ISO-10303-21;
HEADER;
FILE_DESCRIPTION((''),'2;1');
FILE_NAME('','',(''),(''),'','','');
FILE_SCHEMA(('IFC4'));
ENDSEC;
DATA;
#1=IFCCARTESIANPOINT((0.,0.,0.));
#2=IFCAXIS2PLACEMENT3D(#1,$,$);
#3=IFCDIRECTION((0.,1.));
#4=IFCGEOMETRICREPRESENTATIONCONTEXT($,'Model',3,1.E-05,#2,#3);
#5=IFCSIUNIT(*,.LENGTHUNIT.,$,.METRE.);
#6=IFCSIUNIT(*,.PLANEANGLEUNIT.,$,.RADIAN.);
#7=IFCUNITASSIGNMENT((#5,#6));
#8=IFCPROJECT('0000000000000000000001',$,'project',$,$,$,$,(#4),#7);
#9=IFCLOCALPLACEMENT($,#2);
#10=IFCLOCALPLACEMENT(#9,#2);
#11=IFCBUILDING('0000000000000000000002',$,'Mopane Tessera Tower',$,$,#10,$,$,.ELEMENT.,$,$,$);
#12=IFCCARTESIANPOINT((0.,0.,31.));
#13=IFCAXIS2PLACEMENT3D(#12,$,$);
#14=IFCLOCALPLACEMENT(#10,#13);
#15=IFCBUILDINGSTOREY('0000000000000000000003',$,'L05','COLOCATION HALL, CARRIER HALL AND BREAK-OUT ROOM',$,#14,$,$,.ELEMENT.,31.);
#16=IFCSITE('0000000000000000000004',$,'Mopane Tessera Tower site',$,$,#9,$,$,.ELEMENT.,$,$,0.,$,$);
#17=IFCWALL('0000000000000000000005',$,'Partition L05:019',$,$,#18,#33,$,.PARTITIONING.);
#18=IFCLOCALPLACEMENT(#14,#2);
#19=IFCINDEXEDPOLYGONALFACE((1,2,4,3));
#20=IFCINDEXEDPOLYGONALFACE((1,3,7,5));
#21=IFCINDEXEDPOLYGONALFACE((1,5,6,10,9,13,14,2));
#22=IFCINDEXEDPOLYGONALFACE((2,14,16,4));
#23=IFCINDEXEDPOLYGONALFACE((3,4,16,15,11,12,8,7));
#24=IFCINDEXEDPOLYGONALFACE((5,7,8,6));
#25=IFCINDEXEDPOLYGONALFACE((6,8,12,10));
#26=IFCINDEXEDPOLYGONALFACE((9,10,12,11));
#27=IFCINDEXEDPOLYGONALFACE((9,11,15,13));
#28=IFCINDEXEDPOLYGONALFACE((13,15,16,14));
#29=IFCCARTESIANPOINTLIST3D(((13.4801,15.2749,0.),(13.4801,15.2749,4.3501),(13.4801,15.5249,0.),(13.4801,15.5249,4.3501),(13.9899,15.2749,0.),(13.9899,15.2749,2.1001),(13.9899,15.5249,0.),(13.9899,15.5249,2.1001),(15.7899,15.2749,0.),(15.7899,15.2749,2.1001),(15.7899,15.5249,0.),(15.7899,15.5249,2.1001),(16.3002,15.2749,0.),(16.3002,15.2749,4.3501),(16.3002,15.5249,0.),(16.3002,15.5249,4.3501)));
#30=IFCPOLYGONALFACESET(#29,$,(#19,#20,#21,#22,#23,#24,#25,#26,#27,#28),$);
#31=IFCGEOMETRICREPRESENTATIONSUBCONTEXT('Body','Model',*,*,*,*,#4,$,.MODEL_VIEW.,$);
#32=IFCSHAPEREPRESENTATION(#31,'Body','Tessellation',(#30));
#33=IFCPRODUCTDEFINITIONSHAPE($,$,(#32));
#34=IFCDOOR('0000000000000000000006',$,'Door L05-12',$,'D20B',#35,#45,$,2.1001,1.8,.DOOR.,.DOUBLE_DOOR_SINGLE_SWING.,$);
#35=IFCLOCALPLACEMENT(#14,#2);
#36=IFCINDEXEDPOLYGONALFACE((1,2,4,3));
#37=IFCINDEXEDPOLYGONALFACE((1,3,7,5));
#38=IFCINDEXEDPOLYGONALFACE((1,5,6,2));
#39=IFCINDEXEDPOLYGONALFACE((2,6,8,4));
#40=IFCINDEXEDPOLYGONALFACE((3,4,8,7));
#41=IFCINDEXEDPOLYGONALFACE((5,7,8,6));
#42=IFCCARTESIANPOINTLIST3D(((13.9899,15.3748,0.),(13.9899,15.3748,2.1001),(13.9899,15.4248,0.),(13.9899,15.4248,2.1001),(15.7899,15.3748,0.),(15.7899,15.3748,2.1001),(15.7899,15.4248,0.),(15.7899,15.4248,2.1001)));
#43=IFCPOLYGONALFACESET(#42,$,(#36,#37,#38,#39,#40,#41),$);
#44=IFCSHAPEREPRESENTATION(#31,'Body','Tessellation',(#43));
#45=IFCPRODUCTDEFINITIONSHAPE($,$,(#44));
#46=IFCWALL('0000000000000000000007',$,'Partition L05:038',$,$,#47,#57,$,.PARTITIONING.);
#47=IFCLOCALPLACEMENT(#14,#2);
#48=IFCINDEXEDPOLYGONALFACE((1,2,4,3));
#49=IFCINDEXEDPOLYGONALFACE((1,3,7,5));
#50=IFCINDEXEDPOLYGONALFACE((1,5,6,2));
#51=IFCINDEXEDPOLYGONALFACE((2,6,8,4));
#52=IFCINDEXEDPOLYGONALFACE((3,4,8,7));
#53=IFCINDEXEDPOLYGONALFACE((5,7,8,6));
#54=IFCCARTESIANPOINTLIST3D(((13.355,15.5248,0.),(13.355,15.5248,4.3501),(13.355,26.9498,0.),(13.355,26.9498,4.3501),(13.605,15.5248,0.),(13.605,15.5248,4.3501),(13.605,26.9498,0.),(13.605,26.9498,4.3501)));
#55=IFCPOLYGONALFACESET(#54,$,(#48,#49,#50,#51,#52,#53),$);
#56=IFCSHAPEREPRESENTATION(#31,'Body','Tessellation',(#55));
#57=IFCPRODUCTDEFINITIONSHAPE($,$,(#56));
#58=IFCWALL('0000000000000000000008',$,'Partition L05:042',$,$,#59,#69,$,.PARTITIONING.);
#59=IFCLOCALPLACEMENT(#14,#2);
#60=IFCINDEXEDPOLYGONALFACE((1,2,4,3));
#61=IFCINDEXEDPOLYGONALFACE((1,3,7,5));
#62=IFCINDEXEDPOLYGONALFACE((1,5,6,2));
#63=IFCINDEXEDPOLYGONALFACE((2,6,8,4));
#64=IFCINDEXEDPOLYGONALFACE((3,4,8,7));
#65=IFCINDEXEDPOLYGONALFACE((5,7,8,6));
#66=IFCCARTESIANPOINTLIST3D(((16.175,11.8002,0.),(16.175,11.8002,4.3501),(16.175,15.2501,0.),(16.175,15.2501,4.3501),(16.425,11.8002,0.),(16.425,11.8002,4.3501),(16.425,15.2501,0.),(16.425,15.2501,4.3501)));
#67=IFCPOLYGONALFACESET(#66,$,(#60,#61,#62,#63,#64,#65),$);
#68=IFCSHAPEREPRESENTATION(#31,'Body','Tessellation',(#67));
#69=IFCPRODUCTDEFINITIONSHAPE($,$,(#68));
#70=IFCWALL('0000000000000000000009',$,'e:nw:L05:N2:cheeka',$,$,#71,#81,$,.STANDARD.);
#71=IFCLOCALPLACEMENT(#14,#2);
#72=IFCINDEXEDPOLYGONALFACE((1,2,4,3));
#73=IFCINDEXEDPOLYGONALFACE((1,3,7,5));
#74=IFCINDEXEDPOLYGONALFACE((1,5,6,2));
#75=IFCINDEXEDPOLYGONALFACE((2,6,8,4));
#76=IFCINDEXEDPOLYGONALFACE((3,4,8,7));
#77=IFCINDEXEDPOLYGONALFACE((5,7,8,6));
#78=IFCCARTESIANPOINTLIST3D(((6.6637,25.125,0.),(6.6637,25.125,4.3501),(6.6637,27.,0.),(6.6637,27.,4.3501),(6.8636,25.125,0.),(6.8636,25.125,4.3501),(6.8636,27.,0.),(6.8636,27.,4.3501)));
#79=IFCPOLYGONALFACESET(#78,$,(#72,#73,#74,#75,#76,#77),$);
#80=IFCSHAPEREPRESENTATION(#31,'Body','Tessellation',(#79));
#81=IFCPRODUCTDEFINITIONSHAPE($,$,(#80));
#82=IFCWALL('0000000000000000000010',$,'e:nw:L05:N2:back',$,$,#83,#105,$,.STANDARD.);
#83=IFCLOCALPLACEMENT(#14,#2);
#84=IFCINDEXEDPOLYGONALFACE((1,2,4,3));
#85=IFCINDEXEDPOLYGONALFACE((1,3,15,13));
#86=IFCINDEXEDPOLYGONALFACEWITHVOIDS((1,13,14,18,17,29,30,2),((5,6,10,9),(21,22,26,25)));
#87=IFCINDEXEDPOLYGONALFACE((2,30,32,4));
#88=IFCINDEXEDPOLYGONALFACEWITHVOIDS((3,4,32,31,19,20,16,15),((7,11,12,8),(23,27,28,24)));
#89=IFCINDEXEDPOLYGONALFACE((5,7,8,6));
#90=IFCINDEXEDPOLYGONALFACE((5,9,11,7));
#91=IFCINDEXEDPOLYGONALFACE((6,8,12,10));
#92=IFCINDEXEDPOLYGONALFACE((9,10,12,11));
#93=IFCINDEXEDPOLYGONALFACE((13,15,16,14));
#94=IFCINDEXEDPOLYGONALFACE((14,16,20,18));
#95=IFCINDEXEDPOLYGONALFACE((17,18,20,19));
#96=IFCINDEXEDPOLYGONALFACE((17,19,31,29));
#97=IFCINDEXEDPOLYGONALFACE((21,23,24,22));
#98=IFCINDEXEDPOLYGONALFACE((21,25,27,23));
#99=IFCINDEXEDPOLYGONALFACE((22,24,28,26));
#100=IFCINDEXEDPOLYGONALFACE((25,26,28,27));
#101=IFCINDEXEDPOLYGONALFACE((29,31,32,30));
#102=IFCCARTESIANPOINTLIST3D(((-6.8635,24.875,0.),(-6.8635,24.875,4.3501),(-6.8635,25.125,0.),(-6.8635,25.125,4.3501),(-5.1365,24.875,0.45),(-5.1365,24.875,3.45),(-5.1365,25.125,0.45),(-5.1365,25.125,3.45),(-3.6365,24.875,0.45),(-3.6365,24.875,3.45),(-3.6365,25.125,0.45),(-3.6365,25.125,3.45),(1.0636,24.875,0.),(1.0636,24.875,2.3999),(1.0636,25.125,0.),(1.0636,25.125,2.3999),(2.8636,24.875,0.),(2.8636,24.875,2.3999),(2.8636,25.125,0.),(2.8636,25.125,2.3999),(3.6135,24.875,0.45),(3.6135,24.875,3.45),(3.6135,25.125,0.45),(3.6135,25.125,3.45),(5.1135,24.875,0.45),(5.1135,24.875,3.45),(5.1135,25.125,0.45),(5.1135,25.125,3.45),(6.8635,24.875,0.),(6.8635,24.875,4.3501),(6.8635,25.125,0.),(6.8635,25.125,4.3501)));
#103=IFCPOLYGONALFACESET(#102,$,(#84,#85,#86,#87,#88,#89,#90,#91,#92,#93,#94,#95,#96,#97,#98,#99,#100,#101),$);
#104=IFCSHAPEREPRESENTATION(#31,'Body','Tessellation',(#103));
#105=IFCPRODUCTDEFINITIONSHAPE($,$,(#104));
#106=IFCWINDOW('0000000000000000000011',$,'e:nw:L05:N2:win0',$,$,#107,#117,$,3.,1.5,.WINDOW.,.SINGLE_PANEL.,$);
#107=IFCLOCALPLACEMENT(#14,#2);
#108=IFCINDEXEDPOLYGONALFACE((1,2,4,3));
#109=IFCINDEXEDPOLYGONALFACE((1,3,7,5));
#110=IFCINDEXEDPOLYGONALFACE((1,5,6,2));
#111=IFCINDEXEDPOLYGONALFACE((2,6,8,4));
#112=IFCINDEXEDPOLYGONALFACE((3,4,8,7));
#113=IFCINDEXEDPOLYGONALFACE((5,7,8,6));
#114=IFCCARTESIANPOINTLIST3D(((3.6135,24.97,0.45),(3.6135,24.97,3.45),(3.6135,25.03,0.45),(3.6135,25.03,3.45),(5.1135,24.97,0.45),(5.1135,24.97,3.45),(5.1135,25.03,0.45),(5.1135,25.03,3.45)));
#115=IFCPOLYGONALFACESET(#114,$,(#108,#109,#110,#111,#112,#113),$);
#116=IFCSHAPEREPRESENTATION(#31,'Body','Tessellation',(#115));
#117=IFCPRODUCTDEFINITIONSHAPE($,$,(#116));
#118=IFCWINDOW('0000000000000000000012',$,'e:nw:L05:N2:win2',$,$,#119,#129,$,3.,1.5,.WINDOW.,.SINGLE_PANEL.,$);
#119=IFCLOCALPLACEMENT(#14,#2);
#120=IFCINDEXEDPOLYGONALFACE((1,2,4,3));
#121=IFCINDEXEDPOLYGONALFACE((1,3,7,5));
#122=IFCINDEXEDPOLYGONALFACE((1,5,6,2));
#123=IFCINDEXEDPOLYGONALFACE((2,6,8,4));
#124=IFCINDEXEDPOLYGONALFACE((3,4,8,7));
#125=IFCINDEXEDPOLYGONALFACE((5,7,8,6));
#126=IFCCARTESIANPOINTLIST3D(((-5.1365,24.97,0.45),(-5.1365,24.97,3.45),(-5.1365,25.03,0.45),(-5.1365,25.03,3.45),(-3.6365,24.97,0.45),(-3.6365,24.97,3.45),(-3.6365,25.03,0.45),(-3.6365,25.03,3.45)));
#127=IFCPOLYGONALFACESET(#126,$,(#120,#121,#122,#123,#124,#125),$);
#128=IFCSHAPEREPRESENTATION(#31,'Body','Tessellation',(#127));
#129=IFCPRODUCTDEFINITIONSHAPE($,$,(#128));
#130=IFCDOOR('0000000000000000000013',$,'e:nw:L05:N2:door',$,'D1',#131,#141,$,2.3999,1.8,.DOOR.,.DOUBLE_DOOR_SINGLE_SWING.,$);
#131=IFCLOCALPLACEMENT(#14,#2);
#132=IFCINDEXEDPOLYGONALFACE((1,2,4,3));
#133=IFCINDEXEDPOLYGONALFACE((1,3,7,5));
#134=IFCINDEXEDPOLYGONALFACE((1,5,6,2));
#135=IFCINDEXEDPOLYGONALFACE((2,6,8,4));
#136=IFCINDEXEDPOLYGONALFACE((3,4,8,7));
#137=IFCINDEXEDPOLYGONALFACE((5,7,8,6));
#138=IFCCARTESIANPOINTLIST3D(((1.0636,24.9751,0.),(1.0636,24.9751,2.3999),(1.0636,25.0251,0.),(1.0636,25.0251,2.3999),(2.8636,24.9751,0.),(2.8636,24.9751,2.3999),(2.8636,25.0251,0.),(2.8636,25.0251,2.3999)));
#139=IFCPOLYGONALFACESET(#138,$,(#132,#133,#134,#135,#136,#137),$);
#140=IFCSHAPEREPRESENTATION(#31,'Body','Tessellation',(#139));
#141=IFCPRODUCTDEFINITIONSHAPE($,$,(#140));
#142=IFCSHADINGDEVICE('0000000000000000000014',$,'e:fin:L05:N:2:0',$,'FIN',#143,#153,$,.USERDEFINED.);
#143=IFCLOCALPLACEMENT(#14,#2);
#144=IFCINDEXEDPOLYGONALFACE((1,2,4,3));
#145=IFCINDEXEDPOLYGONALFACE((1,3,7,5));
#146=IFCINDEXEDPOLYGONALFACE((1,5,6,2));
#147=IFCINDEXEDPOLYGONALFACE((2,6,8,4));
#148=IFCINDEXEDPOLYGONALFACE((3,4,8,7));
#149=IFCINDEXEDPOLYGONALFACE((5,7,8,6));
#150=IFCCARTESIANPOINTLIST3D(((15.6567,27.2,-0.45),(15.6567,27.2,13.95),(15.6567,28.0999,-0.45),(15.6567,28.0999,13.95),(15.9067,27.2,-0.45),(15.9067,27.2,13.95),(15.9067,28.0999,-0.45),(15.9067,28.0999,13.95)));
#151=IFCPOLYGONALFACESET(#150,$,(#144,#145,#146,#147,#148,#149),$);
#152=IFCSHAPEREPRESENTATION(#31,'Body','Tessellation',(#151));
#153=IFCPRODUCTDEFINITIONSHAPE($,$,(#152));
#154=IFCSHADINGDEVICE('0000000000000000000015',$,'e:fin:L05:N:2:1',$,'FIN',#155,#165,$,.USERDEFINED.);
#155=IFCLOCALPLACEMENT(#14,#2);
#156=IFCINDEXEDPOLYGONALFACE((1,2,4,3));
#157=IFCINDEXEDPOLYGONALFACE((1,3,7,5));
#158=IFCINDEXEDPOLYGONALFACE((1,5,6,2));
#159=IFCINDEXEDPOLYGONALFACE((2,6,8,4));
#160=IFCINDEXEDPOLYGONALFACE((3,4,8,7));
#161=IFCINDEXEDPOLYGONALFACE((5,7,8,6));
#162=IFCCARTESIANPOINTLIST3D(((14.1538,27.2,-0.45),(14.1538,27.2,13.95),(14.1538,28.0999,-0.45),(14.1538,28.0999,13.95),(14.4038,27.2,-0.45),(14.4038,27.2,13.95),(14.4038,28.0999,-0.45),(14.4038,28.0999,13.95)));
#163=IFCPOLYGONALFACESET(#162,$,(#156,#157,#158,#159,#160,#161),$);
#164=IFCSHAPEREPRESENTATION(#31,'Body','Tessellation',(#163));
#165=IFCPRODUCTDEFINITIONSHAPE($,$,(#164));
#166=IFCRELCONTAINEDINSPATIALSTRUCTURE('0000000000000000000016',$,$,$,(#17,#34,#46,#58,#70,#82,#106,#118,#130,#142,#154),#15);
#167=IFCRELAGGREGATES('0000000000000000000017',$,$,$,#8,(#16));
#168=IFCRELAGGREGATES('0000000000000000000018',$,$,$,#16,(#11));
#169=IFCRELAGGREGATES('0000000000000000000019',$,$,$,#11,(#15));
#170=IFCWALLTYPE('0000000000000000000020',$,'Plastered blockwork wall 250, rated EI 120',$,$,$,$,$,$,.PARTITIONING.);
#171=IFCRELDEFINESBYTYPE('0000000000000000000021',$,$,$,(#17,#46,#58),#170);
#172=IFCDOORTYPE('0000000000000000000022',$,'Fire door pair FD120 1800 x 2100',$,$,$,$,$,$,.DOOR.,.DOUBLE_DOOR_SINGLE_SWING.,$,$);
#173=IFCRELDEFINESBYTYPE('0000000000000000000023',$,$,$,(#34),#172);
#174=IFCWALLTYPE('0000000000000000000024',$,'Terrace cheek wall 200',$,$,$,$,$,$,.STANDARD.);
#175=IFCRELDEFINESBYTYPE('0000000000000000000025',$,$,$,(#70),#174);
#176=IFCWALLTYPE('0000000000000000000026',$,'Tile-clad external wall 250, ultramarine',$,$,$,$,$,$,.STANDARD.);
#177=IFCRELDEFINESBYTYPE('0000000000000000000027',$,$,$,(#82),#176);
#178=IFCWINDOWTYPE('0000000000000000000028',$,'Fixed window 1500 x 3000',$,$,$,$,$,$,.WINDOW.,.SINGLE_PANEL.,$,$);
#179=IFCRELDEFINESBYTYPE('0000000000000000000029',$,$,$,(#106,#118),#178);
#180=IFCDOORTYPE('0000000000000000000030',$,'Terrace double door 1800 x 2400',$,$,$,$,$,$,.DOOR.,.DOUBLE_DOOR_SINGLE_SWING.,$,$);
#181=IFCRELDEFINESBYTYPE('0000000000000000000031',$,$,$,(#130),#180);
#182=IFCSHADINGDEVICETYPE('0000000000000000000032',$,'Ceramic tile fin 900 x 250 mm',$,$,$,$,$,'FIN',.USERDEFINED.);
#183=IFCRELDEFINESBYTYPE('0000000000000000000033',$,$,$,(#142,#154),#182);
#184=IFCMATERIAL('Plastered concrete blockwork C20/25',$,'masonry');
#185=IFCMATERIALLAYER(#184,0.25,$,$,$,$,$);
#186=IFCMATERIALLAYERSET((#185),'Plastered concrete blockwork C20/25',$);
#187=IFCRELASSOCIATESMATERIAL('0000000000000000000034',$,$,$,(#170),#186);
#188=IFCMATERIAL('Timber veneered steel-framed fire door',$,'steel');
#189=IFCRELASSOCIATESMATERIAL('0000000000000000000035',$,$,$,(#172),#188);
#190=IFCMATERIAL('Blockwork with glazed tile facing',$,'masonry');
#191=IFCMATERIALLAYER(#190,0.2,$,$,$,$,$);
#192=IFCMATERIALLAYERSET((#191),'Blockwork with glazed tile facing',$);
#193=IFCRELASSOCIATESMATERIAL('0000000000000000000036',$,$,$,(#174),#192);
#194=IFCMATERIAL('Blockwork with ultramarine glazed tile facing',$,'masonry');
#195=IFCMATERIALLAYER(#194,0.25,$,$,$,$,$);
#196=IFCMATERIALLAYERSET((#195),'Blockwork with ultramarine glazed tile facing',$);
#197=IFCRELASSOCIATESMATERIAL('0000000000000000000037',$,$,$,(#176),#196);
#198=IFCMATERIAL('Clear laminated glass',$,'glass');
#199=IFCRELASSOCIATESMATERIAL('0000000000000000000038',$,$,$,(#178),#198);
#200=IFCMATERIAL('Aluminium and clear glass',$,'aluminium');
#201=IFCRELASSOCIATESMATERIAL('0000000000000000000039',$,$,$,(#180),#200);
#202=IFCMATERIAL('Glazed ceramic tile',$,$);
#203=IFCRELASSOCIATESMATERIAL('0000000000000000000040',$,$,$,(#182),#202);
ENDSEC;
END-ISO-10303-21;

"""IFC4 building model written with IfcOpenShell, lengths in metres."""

from ifc_helpers import new_model, si_unit, direction, frame, frame_2d, origin, origin_2d, place, context, subcontext, project, spatial, rectangle, extrude, material, layer, layer_set, type_object, element, fill, save


model = new_model("IFC4")

# Units and contexts
model_context = context("Model", 3, precision=1e-05, world=origin(), true_north=direction((0.0, 1.0)))
body_context = subcontext(model_context, "Body", "Model", "MODEL_VIEW")
ifc_project = project(units=[si_unit("LENGTHUNIT", "METRE"), si_unit("PLANEANGLEUNIT", "RADIAN")], contexts=[model_context])

# Site, building, storey
site_placement = place(None, origin())
site = spatial("IfcSite", under=ifc_project, at=site_placement, Name="Mopane Tessera Tower site", CompositionType="ELEMENT", RefElevation=0.0)
building_placement = place(site_placement, origin())
building = spatial("IfcBuilding", under=site, at=building_placement, Name="Mopane Tessera Tower", CompositionType="ELEMENT")
storey_placement = place(building_placement, frame((0.0, 0.0, 31.0)))
storey = spatial("IfcBuildingStorey", under=building, at=storey_placement, Name="L05", Description="COLOCATION HALL, CARRIER HALL AND BREAK-OUT ROOM", CompositionType="ELEMENT", Elevation=31.0)

# Wall, opening, door
ifc_material_1 = material(Name="Plastered concrete blockwork C20/25", Category="masonry")
ifc_layer_1 = layer(ifc_material_1, 0.25)
ifc_layer_set_1 = layer_set([ifc_layer_1], Name="Plastered concrete blockwork C20/25")
wall_type_1 = type_object("IfcWallType", Name="Plastered blockwork wall 250, rated EI 120", PredefinedType="PARTITIONING", material=ifc_layer_set_1)
wall_1_placement = place(storey_placement, frame((13.48, 15.3999, 0.0), z_axis=(0.0, 0.0, 1.0), x_axis=(1.0, 0.0, 0.0)))
wall_1 = element("IfcWall", 1, at=wall_1_placement, inside=storey, type_object=wall_type_1, Name="Partition L05:019", PredefinedType="PARTITIONING", context=body_context, shape_type="SweptSolid", body=[
    extrude(rectangle(XDim=2.8201, YDim=0.25, at=frame_2d((1.4102, 0.0))), origin(), (0.0, 0.0, 1.0), 4.3501),
])
opening_1_placement = place(wall_1_placement, frame((0.51, 0.0, 0.0)))
opening_1 = element("IfcOpeningElement", 2, at=opening_1_placement, cuts=wall_1, PredefinedType="OPENING", context=body_context, shape_type="SweptSolid", body=[
    extrude(rectangle(XDim=1.8, YDim=2.1001, at=frame_2d((0.8999, 1.05))), frame((0.0, 0.137, 0.0), z_axis=(0.0, -1.0, 0.0), x_axis=(1.0, 0.0, 0.0)), (0.0, 0.0, 1.0), 0.2739),
])
ifc_material_2 = material(Name="Timber veneered steel-framed fire door", Category="steel")
door_type_1 = type_object("IfcDoorType", Name="Fire door pair FD120 1800 x 2100", OperationType="DOUBLE_DOOR_SINGLE_SWING", PredefinedType="DOOR", material=ifc_material_2)
door_1_placement = place(opening_1_placement, origin())
door_1 = element("IfcDoor", 3, at=door_1_placement, inside=storey, type_object=door_type_1, Name="Door L05-12", ObjectType="D20B", OperationType="DOUBLE_DOOR_SINGLE_SWING", OverallHeight=2.1001, OverallWidth=1.8, PredefinedType="DOOR", context=body_context, shape_type="SweptSolid", body=[
    extrude(rectangle(XDim=1.8, YDim=2.1001, at=frame_2d((0.8999, 1.05))), frame((0.0, 0.0249, 0.0), z_axis=(0.0, -1.0, 0.0), x_axis=(1.0, 0.0, 0.0)), (0.0, 0.0, 1.0), 0.05),
])
fill(opening_1, door_1)

# Walls
wall_2_placement = place(storey_placement, frame((13.48, 15.5249, 0.0), z_axis=(0.0, 0.0, 1.0), x_axis=(0.0, 1.0, 0.0)))
element("IfcWall", 4, at=wall_2_placement, inside=storey, type_object=wall_type_1, Name="Partition L05:038", PredefinedType="PARTITIONING", context=body_context, shape_type="SweptSolid", body=[
    extrude(rectangle(XDim=11.425, YDim=0.25, at=frame_2d((5.7124, 0.0))), origin(), (0.0, 0.0, 1.0), 4.3501),
])
wall_3_placement = place(storey_placement, frame((16.3, 11.8, 0.0), z_axis=(0.0, 0.0, 1.0), x_axis=(0.0, 1.0, 0.0)))
element("IfcWall", 5, at=wall_3_placement, inside=storey, type_object=wall_type_1, Name="Partition L05:042", PredefinedType="PARTITIONING", context=body_context, shape_type="SweptSolid", body=[
    extrude(rectangle(XDim=3.45, YDim=0.25, at=frame_2d((1.7251, 0.0))), origin(), (0.0, 0.0, 1.0), 4.3501),
])
ifc_material_3 = material(Name="Blockwork with glazed tile facing", Category="masonry")
ifc_layer_2 = layer(ifc_material_3, 0.2)
ifc_layer_set_2 = layer_set([ifc_layer_2], Name="Blockwork with glazed tile facing")
wall_type_2 = type_object("IfcWallType", Name="Terrace cheek wall 200", PredefinedType="STANDARD", material=ifc_layer_set_2)
wall_4_placement = place(storey_placement, frame((6.7637, 27.0, 0.0), z_axis=(0.0, 0.0, 1.0), x_axis=(0.0, -1.0, 0.0)))
element("IfcWall", 6, at=wall_4_placement, inside=storey, type_object=wall_type_2, Name="e:nw:L05:N2:cheeka", PredefinedType="STANDARD", context=body_context, shape_type="SweptSolid", body=[
    extrude(rectangle(XDim=1.875, YDim=0.2, at=frame_2d((0.9375, 0.0))), origin(), (0.0, 0.0, 1.0), 4.3501),
])

# Wall, openings, windows, door
ifc_material_4 = material(Name="Blockwork with ultramarine glazed tile facing", Category="masonry")
ifc_layer_3 = layer(ifc_material_4, 0.25)
ifc_layer_set_3 = layer_set([ifc_layer_3], Name="Blockwork with ultramarine glazed tile facing")
wall_type_3 = type_object("IfcWallType", Name="Tile-clad external wall 250, ultramarine", PredefinedType="STANDARD", material=ifc_layer_set_3)
wall_5_placement = place(storey_placement, frame((6.8635, 25.0, 0.0), z_axis=(0.0, 0.0, 1.0), x_axis=(-1.0, 0.0, 0.0)))
wall_5 = element("IfcWall", 7, at=wall_5_placement, inside=storey, type_object=wall_type_3, Name="e:nw:L05:N2:back", PredefinedType="STANDARD", context=body_context, shape_type="SweptSolid", body=[
    extrude(rectangle(XDim=13.7271, YDim=0.25, at=frame_2d((6.8635, 0.0))), origin(), (0.0, 0.0, 1.0), 4.3501),
])
opening_2_placement = place(wall_5_placement, frame((1.75, 0.0, 0.45)))
opening_2 = element("IfcOpeningElement", 8, at=opening_2_placement, cuts=wall_5, PredefinedType="OPENING", context=body_context, shape_type="SweptSolid", body=[
    extrude(rectangle(XDim=1.5, YDim=3.0, at=frame_2d((0.75, 1.5))), frame((0.0, 0.137, 0.0), z_axis=(0.0, -1.0, 0.0), x_axis=(1.0, 0.0, 0.0)), (0.0, 0.0, 1.0), 0.2739),
])
opening_3_placement = place(wall_5_placement, frame((4.0, 0.0, 0.0)))
opening_3 = element("IfcOpeningElement", 9, at=opening_3_placement, cuts=wall_5, PredefinedType="OPENING", context=body_context, shape_type="SweptSolid", body=[
    extrude(rectangle(XDim=1.8, YDim=2.3999, at=frame_2d((0.8999, 1.2))), frame((0.0, 0.137, 0.0), z_axis=(0.0, -1.0, 0.0), x_axis=(1.0, 0.0, 0.0)), (0.0, 0.0, 1.0), 0.2739),
])
opening_4_placement = place(wall_5_placement, frame((10.5, 0.0, 0.45)))
opening_4 = element("IfcOpeningElement", 10, at=opening_4_placement, cuts=wall_5, PredefinedType="OPENING", context=body_context, shape_type="SweptSolid", body=[
    extrude(rectangle(XDim=1.5, YDim=3.0, at=frame_2d((0.75, 1.5))), frame((0.0, 0.137, 0.0), z_axis=(0.0, -1.0, 0.0), x_axis=(1.0, 0.0, 0.0)), (0.0, 0.0, 1.0), 0.2739),
])
ifc_material_5 = material(Name="Clear laminated glass", Category="glass")
window_type = type_object("IfcWindowType", Name="Fixed window 1500 x 3000", PartitioningType="SINGLE_PANEL", PredefinedType="WINDOW", material=ifc_material_5)
window_1_placement = place(opening_2_placement, origin())
window_1 = element("IfcWindow", 11, at=window_1_placement, inside=storey, type_object=window_type, Name="e:nw:L05:N2:win0", OverallHeight=3.0, OverallWidth=1.5, PartitioningType="SINGLE_PANEL", PredefinedType="WINDOW", context=body_context, shape_type="SweptSolid", body=[
    extrude(rectangle(XDim=1.5, YDim=3.0, at=frame_2d((0.75, 1.5))), frame((0.0, 0.03, 0.0), z_axis=(0.0, -1.0, 0.0), x_axis=(1.0, 0.0, 0.0)), (0.0, 0.0, 1.0), 0.0601),
])
fill(opening_2, window_1)
window_2_placement = place(opening_4_placement, origin())
window_2 = element("IfcWindow", 12, at=window_2_placement, inside=storey, type_object=window_type, Name="e:nw:L05:N2:win2", OverallHeight=3.0, OverallWidth=1.5, PartitioningType="SINGLE_PANEL", PredefinedType="WINDOW", context=body_context, shape_type="SweptSolid", body=[
    extrude(rectangle(XDim=1.5, YDim=3.0, at=frame_2d((0.75, 1.5))), frame((0.0, 0.03, 0.0), z_axis=(0.0, -1.0, 0.0), x_axis=(1.0, 0.0, 0.0)), (0.0, 0.0, 1.0), 0.0601),
])
fill(opening_4, window_2)
ifc_material_6 = material(Name="Aluminium and clear glass", Category="aluminium")
door_type_2 = type_object("IfcDoorType", Name="Terrace double door 1800 x 2400", OperationType="DOUBLE_DOOR_SINGLE_SWING", PredefinedType="DOOR", material=ifc_material_6)
door_2_placement = place(opening_3_placement, origin())
door_2 = element("IfcDoor", 13, at=door_2_placement, inside=storey, type_object=door_type_2, Name="e:nw:L05:N2:door", ObjectType="D1", OperationType="DOUBLE_DOOR_SINGLE_SWING", OverallHeight=2.3999, OverallWidth=1.8, PredefinedType="DOOR", context=body_context, shape_type="SweptSolid", body=[
    extrude(rectangle(XDim=1.8, YDim=2.3999, at=frame_2d((0.8999, 1.2))), frame((0.0, 0.0249, 0.0), z_axis=(0.0, -1.0, 0.0), x_axis=(1.0, 0.0, 0.0)), (0.0, 0.0, 1.0), 0.05),
])
fill(opening_3, door_2)

# Shading devices
ifc_material_7 = material(Name="Glazed ceramic tile")
shading_device_type = type_object("IfcShadingDeviceType", Name="Ceramic tile fin 900 x 250 mm", ElementType="FIN", PredefinedType="USERDEFINED", material=ifc_material_7)
for number, where, z_axis, x_axis, name in (
    (14, (15.7817, 27.6499, -0.45), (0.0, 0.0, 1.0), (-1.0, 0.0, 0.0), "e:fin:L05:N:2:0"),
    (15, (14.2788, 27.6499, -0.45), (0.0, 0.0, 1.0), (-1.0, 0.0, 0.0), "e:fin:L05:N:2:1"),
):
    element("IfcShadingDevice", number, at=place(storey_placement, frame(where, z_axis=z_axis, x_axis=x_axis)), inside=storey, type_object=shading_device_type, Name=name, ObjectType="FIN", PredefinedType="USERDEFINED", context=body_context, shape_type="SweptSolid", body=[
        extrude(rectangle(XDim=0.25, YDim=0.8999, at=origin_2d()), origin(), (0.0, 0.0, 1.0), 14.3999),
    ])

save(model, "model.ifc")
